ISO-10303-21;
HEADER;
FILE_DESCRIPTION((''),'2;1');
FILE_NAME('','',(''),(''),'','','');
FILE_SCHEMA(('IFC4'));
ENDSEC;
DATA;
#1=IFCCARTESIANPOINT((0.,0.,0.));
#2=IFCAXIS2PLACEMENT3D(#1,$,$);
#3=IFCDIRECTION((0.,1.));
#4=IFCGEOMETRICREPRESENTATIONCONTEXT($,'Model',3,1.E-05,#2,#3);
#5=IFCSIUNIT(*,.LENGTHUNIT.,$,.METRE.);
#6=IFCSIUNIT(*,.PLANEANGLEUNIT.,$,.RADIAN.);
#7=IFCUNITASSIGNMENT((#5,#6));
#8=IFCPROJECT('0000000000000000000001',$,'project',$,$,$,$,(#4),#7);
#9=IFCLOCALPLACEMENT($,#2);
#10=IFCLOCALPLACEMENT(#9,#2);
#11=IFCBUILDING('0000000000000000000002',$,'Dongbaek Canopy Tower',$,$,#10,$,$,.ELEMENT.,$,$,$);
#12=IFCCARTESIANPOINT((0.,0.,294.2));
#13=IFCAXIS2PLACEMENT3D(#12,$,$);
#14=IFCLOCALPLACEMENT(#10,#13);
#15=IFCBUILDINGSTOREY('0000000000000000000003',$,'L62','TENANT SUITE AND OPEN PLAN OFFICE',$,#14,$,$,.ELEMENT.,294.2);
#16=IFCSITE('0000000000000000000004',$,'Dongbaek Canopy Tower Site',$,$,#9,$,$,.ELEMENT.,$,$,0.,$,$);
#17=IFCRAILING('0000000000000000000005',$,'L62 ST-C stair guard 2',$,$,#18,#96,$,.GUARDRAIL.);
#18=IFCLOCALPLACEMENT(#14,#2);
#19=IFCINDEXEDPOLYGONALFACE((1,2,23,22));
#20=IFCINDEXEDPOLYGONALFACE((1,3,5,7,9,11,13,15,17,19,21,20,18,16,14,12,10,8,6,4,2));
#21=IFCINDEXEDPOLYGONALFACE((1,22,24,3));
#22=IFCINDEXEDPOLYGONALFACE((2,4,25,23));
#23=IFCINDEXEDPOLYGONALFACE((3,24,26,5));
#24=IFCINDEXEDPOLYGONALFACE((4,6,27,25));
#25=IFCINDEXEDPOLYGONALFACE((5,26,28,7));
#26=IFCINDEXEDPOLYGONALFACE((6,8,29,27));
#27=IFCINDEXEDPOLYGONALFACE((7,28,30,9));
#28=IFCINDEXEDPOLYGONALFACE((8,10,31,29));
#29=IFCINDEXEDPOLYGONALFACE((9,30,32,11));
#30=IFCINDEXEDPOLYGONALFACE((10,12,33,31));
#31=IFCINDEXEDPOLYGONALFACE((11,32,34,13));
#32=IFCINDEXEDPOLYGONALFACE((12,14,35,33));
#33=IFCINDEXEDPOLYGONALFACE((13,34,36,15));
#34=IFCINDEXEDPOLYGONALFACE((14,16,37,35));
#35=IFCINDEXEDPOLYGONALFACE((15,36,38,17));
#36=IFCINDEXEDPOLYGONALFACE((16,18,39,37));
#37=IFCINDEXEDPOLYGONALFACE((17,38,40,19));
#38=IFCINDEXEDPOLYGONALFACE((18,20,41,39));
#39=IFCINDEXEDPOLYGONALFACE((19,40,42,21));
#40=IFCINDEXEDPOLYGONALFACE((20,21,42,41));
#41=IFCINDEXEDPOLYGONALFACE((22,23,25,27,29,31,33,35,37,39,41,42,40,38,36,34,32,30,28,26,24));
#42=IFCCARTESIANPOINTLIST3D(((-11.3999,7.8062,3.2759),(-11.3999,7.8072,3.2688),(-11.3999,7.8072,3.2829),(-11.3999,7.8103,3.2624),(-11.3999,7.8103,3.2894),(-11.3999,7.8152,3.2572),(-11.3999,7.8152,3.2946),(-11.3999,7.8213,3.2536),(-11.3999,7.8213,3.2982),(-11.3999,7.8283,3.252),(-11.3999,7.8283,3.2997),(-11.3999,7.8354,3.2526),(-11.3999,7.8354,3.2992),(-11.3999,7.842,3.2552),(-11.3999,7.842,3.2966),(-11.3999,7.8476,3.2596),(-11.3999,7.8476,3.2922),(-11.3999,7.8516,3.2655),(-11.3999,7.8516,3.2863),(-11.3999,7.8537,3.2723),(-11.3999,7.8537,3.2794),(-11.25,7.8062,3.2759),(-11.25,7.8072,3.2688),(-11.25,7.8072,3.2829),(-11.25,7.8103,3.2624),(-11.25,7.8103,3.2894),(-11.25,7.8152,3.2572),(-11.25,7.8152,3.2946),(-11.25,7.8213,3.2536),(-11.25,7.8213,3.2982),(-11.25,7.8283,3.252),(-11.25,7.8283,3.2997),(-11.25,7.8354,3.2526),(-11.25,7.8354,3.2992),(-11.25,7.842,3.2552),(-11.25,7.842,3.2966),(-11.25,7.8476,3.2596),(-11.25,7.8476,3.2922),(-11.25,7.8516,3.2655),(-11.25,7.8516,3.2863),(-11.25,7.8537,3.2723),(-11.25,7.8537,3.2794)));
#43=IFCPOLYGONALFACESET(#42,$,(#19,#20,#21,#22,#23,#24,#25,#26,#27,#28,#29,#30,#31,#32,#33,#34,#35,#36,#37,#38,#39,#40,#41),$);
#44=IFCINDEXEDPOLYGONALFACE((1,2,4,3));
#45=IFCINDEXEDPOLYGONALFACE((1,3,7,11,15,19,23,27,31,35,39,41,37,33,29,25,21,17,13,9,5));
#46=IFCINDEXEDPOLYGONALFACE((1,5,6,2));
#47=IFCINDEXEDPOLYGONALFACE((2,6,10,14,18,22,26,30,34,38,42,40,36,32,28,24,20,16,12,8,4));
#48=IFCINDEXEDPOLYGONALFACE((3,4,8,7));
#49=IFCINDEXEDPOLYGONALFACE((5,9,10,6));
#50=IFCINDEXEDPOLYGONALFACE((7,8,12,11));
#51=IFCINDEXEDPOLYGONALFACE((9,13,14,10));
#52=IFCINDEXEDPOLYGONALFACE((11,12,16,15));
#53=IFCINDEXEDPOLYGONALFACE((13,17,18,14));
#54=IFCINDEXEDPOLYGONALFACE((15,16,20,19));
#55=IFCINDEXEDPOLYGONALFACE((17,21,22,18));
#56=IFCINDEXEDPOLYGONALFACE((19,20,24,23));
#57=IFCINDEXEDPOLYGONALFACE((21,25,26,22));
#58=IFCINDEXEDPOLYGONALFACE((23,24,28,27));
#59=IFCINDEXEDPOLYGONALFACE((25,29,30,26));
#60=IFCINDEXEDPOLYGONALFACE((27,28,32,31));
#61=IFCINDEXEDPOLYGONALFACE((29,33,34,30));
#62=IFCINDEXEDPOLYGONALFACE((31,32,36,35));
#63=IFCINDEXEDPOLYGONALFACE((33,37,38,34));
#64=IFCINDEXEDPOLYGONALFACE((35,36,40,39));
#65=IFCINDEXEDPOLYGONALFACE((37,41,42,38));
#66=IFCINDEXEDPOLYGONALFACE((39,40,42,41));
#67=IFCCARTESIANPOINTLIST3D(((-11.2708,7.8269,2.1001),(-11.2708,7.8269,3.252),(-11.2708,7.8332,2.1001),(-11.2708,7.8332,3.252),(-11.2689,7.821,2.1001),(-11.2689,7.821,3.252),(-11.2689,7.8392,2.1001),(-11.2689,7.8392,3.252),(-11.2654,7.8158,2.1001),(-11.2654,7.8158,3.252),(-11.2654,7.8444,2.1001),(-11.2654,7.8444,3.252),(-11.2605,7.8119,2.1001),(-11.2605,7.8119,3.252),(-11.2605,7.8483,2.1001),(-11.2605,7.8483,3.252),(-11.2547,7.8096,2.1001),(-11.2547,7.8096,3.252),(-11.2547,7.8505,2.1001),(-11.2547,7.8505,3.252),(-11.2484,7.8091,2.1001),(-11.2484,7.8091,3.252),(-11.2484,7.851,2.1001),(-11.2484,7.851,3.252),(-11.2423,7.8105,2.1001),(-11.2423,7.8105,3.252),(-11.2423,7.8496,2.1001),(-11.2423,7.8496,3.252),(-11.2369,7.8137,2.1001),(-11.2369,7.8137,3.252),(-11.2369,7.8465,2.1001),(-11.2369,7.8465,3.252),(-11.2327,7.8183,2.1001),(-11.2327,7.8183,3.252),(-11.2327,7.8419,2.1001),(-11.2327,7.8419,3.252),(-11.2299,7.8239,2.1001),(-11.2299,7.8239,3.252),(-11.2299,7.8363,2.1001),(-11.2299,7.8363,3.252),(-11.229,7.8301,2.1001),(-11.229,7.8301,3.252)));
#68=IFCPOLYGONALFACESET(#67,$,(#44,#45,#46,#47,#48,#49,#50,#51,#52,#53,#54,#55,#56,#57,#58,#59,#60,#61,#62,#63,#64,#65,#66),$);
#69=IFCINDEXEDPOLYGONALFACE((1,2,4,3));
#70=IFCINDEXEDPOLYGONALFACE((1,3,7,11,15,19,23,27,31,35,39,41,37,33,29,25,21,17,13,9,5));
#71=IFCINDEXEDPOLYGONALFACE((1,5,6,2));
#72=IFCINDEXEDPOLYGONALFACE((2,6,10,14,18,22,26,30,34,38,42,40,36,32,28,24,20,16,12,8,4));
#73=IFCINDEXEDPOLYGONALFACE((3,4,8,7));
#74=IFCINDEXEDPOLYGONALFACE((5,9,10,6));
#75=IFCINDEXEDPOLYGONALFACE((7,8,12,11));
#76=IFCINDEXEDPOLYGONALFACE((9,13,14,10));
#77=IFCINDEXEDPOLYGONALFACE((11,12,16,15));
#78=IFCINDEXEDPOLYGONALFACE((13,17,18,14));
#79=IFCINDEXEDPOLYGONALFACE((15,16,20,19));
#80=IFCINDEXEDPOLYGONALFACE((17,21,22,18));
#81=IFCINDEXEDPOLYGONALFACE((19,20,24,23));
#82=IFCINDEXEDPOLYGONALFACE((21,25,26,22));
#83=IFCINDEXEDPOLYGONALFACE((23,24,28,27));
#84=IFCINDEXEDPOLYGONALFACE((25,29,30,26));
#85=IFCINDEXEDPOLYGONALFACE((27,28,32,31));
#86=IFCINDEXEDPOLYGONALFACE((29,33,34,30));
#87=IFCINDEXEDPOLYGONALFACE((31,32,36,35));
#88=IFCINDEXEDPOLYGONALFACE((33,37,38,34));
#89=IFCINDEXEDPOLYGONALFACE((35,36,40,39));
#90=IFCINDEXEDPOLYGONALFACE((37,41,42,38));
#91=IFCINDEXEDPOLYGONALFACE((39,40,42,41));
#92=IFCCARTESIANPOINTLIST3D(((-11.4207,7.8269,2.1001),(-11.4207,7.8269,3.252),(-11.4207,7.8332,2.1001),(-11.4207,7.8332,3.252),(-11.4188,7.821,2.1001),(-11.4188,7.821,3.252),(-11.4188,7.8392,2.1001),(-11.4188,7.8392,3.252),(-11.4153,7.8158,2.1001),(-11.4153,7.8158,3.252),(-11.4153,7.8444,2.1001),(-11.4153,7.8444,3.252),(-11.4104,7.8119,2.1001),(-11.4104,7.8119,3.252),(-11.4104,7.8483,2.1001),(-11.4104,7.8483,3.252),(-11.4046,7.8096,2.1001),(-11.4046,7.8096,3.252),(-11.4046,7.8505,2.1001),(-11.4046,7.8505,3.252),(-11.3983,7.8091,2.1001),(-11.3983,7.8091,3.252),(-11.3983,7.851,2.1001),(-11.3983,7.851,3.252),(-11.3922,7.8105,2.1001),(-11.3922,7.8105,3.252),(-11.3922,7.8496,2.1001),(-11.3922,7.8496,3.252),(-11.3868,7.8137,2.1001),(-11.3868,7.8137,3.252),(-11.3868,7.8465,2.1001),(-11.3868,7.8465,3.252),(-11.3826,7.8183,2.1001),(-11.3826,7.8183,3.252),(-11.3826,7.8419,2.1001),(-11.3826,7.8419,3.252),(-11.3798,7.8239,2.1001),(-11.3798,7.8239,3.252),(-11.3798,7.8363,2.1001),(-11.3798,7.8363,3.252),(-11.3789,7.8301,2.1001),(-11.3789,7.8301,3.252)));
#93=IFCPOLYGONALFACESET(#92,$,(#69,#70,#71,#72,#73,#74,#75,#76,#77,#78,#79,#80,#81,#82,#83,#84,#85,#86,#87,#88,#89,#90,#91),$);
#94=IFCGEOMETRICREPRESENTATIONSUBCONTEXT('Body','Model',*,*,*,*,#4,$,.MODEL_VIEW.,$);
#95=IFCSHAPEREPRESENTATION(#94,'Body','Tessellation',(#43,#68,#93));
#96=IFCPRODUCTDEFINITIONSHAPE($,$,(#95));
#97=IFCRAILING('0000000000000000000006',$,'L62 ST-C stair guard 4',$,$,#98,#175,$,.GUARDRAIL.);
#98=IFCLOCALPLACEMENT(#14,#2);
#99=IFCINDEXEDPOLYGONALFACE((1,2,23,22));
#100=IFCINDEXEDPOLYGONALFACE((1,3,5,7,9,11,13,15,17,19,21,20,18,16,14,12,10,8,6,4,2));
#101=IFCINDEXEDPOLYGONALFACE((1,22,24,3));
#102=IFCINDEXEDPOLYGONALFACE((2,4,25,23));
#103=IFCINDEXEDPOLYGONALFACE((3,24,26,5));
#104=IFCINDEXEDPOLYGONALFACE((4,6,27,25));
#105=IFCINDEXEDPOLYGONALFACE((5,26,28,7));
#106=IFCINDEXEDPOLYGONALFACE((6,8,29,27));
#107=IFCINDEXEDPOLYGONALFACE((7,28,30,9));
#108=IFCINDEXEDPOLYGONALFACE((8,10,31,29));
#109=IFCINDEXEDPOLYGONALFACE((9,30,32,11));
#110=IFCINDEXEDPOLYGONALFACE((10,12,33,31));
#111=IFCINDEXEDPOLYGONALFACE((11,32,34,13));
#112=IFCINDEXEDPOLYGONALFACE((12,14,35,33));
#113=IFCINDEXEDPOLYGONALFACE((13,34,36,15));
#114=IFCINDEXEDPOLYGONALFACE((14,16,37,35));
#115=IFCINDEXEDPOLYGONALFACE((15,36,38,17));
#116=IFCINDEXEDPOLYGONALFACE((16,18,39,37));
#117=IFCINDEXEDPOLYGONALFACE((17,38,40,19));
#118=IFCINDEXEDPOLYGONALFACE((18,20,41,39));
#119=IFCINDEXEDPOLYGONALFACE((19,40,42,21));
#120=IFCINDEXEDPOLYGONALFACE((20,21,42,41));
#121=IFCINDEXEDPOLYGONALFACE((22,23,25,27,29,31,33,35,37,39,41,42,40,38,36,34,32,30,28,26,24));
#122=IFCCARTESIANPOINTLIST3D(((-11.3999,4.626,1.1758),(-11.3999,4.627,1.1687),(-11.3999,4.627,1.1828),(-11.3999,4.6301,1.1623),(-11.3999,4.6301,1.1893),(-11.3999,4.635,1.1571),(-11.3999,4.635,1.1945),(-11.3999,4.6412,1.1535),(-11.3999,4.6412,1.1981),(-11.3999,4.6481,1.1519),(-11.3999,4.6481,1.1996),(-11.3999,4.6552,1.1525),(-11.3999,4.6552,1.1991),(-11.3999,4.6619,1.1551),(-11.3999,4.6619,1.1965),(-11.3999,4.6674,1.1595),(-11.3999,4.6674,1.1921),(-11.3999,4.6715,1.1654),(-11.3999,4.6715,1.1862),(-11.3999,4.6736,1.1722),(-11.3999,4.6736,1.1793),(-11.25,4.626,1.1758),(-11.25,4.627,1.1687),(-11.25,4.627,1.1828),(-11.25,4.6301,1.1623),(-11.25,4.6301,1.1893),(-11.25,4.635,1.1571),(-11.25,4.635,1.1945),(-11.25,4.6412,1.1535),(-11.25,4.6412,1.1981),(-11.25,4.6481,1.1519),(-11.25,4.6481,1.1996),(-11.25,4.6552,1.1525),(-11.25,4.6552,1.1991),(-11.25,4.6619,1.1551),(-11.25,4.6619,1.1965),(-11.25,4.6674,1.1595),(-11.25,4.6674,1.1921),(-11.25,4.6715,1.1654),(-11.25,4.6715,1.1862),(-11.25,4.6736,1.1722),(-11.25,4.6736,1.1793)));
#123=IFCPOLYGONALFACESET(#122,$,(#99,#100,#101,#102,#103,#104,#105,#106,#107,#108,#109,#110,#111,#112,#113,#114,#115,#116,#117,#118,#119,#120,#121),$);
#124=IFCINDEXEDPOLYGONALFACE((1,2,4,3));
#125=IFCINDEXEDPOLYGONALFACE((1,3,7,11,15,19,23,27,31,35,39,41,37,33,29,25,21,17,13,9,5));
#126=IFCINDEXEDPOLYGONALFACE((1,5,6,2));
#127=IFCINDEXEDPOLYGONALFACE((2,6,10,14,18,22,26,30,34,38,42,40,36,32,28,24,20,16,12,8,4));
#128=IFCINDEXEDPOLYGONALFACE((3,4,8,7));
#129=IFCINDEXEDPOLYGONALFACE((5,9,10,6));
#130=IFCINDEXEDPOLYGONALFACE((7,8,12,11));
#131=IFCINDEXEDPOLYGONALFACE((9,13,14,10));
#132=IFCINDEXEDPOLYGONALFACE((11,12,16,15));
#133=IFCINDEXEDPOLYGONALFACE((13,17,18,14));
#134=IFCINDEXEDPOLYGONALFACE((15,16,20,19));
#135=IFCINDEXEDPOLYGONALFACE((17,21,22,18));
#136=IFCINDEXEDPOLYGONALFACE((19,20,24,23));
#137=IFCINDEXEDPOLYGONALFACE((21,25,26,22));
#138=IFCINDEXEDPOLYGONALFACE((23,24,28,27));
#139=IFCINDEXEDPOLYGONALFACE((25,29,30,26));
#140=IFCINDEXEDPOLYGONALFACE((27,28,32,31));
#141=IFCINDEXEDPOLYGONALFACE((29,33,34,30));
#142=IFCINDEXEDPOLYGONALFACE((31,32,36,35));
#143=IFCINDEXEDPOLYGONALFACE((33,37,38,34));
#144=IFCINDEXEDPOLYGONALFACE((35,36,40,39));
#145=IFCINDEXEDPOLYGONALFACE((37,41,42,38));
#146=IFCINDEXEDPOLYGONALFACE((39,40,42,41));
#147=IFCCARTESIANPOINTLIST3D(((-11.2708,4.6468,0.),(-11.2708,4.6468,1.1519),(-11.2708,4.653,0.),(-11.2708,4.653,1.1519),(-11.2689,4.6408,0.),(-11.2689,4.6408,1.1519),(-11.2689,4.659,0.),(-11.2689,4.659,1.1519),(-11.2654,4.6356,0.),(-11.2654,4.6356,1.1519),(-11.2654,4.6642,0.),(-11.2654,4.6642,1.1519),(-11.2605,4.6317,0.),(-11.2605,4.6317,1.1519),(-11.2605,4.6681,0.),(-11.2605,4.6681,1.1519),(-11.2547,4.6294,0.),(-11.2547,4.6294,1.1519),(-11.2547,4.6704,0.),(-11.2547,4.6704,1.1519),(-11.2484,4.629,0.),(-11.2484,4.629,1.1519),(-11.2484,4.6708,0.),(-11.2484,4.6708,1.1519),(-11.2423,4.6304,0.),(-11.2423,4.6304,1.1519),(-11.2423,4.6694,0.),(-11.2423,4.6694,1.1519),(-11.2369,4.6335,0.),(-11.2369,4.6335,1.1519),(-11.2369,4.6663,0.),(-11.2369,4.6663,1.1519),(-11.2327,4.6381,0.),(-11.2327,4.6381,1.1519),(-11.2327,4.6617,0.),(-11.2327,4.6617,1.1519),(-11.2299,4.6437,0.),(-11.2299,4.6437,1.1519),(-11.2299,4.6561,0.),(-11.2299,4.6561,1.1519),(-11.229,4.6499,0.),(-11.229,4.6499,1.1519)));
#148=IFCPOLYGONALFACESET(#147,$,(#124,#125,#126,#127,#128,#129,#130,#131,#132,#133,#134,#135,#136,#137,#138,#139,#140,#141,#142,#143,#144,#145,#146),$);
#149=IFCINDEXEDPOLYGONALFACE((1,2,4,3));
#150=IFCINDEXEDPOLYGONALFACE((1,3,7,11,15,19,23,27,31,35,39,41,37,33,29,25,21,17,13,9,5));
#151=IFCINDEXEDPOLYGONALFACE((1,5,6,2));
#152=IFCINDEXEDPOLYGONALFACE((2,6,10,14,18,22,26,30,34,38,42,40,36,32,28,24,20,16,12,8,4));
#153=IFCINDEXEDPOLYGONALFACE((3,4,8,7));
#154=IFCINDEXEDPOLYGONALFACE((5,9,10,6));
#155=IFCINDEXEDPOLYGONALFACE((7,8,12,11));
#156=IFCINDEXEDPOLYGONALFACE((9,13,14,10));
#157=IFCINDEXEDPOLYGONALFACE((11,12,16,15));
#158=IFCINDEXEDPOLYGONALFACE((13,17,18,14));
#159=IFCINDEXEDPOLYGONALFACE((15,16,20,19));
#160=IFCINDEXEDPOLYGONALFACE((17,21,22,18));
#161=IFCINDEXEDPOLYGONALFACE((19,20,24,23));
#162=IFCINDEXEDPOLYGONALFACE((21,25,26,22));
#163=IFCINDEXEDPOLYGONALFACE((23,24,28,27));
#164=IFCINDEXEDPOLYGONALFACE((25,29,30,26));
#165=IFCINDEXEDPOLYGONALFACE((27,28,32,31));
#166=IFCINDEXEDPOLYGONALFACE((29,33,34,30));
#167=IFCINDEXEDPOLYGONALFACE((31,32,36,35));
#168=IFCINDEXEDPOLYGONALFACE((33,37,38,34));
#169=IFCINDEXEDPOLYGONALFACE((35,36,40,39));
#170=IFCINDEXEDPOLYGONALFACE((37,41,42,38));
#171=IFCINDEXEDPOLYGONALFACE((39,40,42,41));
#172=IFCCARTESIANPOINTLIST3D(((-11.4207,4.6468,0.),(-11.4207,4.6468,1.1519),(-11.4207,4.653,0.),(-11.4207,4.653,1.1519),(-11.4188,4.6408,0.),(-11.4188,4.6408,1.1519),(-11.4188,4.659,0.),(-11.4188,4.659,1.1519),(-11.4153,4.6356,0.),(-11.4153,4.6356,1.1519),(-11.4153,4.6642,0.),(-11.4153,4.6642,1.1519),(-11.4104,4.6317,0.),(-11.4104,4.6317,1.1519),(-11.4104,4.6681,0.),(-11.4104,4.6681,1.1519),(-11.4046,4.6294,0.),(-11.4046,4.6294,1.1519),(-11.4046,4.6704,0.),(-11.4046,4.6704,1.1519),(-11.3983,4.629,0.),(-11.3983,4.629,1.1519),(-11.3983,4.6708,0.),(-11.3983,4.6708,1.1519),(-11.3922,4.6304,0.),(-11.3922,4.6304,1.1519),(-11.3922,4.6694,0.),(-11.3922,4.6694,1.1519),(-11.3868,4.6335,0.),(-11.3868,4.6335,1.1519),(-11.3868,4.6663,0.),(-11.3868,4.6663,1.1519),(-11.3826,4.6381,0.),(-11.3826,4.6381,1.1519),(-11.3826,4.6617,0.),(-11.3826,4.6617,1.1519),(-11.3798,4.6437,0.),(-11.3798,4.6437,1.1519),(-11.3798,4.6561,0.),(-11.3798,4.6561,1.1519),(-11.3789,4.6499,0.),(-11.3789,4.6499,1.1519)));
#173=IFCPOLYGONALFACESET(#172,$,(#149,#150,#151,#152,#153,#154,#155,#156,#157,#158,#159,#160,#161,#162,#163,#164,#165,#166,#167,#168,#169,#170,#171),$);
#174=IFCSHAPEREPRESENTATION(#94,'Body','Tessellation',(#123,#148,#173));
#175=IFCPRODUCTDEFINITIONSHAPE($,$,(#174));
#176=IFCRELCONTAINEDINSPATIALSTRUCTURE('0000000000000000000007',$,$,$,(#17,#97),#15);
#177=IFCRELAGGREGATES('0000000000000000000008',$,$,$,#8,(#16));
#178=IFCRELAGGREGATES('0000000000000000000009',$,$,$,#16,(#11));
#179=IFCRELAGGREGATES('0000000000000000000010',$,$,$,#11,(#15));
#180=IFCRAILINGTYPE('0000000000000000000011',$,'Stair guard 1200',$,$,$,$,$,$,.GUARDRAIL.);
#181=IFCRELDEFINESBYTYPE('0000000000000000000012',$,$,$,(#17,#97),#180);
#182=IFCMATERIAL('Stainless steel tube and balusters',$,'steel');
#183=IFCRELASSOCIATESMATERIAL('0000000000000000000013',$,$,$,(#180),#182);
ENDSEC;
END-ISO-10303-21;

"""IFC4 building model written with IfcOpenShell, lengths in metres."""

from ifc_helpers import new_model, si_unit, direction, frame, origin, origin_2d, place, context, subcontext, project, spatial, circle, extrude, material, type_object, element, save


model = new_model("IFC4")

# Units and contexts
model_context = context("Model", 3, precision=1e-05, world=origin(), true_north=direction((0.0, 1.0)))
body_context = subcontext(model_context, "Body", "Model", "MODEL_VIEW")
ifc_project = project(units=[si_unit("LENGTHUNIT", "METRE"), si_unit("PLANEANGLEUNIT", "RADIAN")], contexts=[model_context])

# Site, building, storey
site_placement = place(None, origin())
site = spatial("IfcSite", under=ifc_project, at=site_placement, Name="Dongbaek Canopy Tower Site", CompositionType="ELEMENT", RefElevation=0.0)
building_placement = place(site_placement, origin())
building = spatial("IfcBuilding", under=site, at=building_placement, Name="Dongbaek Canopy Tower", CompositionType="ELEMENT")
storey_placement = place(building_placement, frame((0.0, 0.0, 294.2)))
storey = spatial("IfcBuildingStorey", under=building, at=storey_placement, Name="L62", Description="TENANT SUITE AND OPEN PLAN OFFICE", CompositionType="ELEMENT", Elevation=294.2)

# Railings
ifc_material_1 = material(Name="Stainless steel tube and balusters", Category="steel")
railing_type_1 = type_object("IfcRailingType", Name="Stair guard 1200", PredefinedType="GUARDRAIL", material=ifc_material_1)
for number, where, name in (
    (1, (-11.25, 7.8301, 2.1001), "L62 ST-C stair guard 2"),
    (2, (-11.25, 4.6499, 0.0), "L62 ST-C stair guard 4"),
):
    element("IfcRailing", number, at=place(storey_placement, frame(where)), inside=storey, type_object=railing_type_1, Name=name, PredefinedType="GUARDRAIL", context=body_context, shape_type="SweptSolid", body=[
        extrude(circle(Radius=0.0239, at=origin_2d()), frame((0.0, 0.0, 1.1758), z_axis=(-1.0, 0.0, 0.0), x_axis=(0.0, -1.0, 0.0)), (0.0, 0.0, 1.0), 0.1499),
        extrude(circle(Radius=0.021, at=origin_2d()), origin(), (0.0, 0.0, 1.0), 1.1519),
        extrude(circle(Radius=0.021, at=origin_2d()), frame((-0.1499, 0.0, 0.0)), (0.0, 0.0, 1.0), 1.1519),
    ])

save(model, "model.ifc")
